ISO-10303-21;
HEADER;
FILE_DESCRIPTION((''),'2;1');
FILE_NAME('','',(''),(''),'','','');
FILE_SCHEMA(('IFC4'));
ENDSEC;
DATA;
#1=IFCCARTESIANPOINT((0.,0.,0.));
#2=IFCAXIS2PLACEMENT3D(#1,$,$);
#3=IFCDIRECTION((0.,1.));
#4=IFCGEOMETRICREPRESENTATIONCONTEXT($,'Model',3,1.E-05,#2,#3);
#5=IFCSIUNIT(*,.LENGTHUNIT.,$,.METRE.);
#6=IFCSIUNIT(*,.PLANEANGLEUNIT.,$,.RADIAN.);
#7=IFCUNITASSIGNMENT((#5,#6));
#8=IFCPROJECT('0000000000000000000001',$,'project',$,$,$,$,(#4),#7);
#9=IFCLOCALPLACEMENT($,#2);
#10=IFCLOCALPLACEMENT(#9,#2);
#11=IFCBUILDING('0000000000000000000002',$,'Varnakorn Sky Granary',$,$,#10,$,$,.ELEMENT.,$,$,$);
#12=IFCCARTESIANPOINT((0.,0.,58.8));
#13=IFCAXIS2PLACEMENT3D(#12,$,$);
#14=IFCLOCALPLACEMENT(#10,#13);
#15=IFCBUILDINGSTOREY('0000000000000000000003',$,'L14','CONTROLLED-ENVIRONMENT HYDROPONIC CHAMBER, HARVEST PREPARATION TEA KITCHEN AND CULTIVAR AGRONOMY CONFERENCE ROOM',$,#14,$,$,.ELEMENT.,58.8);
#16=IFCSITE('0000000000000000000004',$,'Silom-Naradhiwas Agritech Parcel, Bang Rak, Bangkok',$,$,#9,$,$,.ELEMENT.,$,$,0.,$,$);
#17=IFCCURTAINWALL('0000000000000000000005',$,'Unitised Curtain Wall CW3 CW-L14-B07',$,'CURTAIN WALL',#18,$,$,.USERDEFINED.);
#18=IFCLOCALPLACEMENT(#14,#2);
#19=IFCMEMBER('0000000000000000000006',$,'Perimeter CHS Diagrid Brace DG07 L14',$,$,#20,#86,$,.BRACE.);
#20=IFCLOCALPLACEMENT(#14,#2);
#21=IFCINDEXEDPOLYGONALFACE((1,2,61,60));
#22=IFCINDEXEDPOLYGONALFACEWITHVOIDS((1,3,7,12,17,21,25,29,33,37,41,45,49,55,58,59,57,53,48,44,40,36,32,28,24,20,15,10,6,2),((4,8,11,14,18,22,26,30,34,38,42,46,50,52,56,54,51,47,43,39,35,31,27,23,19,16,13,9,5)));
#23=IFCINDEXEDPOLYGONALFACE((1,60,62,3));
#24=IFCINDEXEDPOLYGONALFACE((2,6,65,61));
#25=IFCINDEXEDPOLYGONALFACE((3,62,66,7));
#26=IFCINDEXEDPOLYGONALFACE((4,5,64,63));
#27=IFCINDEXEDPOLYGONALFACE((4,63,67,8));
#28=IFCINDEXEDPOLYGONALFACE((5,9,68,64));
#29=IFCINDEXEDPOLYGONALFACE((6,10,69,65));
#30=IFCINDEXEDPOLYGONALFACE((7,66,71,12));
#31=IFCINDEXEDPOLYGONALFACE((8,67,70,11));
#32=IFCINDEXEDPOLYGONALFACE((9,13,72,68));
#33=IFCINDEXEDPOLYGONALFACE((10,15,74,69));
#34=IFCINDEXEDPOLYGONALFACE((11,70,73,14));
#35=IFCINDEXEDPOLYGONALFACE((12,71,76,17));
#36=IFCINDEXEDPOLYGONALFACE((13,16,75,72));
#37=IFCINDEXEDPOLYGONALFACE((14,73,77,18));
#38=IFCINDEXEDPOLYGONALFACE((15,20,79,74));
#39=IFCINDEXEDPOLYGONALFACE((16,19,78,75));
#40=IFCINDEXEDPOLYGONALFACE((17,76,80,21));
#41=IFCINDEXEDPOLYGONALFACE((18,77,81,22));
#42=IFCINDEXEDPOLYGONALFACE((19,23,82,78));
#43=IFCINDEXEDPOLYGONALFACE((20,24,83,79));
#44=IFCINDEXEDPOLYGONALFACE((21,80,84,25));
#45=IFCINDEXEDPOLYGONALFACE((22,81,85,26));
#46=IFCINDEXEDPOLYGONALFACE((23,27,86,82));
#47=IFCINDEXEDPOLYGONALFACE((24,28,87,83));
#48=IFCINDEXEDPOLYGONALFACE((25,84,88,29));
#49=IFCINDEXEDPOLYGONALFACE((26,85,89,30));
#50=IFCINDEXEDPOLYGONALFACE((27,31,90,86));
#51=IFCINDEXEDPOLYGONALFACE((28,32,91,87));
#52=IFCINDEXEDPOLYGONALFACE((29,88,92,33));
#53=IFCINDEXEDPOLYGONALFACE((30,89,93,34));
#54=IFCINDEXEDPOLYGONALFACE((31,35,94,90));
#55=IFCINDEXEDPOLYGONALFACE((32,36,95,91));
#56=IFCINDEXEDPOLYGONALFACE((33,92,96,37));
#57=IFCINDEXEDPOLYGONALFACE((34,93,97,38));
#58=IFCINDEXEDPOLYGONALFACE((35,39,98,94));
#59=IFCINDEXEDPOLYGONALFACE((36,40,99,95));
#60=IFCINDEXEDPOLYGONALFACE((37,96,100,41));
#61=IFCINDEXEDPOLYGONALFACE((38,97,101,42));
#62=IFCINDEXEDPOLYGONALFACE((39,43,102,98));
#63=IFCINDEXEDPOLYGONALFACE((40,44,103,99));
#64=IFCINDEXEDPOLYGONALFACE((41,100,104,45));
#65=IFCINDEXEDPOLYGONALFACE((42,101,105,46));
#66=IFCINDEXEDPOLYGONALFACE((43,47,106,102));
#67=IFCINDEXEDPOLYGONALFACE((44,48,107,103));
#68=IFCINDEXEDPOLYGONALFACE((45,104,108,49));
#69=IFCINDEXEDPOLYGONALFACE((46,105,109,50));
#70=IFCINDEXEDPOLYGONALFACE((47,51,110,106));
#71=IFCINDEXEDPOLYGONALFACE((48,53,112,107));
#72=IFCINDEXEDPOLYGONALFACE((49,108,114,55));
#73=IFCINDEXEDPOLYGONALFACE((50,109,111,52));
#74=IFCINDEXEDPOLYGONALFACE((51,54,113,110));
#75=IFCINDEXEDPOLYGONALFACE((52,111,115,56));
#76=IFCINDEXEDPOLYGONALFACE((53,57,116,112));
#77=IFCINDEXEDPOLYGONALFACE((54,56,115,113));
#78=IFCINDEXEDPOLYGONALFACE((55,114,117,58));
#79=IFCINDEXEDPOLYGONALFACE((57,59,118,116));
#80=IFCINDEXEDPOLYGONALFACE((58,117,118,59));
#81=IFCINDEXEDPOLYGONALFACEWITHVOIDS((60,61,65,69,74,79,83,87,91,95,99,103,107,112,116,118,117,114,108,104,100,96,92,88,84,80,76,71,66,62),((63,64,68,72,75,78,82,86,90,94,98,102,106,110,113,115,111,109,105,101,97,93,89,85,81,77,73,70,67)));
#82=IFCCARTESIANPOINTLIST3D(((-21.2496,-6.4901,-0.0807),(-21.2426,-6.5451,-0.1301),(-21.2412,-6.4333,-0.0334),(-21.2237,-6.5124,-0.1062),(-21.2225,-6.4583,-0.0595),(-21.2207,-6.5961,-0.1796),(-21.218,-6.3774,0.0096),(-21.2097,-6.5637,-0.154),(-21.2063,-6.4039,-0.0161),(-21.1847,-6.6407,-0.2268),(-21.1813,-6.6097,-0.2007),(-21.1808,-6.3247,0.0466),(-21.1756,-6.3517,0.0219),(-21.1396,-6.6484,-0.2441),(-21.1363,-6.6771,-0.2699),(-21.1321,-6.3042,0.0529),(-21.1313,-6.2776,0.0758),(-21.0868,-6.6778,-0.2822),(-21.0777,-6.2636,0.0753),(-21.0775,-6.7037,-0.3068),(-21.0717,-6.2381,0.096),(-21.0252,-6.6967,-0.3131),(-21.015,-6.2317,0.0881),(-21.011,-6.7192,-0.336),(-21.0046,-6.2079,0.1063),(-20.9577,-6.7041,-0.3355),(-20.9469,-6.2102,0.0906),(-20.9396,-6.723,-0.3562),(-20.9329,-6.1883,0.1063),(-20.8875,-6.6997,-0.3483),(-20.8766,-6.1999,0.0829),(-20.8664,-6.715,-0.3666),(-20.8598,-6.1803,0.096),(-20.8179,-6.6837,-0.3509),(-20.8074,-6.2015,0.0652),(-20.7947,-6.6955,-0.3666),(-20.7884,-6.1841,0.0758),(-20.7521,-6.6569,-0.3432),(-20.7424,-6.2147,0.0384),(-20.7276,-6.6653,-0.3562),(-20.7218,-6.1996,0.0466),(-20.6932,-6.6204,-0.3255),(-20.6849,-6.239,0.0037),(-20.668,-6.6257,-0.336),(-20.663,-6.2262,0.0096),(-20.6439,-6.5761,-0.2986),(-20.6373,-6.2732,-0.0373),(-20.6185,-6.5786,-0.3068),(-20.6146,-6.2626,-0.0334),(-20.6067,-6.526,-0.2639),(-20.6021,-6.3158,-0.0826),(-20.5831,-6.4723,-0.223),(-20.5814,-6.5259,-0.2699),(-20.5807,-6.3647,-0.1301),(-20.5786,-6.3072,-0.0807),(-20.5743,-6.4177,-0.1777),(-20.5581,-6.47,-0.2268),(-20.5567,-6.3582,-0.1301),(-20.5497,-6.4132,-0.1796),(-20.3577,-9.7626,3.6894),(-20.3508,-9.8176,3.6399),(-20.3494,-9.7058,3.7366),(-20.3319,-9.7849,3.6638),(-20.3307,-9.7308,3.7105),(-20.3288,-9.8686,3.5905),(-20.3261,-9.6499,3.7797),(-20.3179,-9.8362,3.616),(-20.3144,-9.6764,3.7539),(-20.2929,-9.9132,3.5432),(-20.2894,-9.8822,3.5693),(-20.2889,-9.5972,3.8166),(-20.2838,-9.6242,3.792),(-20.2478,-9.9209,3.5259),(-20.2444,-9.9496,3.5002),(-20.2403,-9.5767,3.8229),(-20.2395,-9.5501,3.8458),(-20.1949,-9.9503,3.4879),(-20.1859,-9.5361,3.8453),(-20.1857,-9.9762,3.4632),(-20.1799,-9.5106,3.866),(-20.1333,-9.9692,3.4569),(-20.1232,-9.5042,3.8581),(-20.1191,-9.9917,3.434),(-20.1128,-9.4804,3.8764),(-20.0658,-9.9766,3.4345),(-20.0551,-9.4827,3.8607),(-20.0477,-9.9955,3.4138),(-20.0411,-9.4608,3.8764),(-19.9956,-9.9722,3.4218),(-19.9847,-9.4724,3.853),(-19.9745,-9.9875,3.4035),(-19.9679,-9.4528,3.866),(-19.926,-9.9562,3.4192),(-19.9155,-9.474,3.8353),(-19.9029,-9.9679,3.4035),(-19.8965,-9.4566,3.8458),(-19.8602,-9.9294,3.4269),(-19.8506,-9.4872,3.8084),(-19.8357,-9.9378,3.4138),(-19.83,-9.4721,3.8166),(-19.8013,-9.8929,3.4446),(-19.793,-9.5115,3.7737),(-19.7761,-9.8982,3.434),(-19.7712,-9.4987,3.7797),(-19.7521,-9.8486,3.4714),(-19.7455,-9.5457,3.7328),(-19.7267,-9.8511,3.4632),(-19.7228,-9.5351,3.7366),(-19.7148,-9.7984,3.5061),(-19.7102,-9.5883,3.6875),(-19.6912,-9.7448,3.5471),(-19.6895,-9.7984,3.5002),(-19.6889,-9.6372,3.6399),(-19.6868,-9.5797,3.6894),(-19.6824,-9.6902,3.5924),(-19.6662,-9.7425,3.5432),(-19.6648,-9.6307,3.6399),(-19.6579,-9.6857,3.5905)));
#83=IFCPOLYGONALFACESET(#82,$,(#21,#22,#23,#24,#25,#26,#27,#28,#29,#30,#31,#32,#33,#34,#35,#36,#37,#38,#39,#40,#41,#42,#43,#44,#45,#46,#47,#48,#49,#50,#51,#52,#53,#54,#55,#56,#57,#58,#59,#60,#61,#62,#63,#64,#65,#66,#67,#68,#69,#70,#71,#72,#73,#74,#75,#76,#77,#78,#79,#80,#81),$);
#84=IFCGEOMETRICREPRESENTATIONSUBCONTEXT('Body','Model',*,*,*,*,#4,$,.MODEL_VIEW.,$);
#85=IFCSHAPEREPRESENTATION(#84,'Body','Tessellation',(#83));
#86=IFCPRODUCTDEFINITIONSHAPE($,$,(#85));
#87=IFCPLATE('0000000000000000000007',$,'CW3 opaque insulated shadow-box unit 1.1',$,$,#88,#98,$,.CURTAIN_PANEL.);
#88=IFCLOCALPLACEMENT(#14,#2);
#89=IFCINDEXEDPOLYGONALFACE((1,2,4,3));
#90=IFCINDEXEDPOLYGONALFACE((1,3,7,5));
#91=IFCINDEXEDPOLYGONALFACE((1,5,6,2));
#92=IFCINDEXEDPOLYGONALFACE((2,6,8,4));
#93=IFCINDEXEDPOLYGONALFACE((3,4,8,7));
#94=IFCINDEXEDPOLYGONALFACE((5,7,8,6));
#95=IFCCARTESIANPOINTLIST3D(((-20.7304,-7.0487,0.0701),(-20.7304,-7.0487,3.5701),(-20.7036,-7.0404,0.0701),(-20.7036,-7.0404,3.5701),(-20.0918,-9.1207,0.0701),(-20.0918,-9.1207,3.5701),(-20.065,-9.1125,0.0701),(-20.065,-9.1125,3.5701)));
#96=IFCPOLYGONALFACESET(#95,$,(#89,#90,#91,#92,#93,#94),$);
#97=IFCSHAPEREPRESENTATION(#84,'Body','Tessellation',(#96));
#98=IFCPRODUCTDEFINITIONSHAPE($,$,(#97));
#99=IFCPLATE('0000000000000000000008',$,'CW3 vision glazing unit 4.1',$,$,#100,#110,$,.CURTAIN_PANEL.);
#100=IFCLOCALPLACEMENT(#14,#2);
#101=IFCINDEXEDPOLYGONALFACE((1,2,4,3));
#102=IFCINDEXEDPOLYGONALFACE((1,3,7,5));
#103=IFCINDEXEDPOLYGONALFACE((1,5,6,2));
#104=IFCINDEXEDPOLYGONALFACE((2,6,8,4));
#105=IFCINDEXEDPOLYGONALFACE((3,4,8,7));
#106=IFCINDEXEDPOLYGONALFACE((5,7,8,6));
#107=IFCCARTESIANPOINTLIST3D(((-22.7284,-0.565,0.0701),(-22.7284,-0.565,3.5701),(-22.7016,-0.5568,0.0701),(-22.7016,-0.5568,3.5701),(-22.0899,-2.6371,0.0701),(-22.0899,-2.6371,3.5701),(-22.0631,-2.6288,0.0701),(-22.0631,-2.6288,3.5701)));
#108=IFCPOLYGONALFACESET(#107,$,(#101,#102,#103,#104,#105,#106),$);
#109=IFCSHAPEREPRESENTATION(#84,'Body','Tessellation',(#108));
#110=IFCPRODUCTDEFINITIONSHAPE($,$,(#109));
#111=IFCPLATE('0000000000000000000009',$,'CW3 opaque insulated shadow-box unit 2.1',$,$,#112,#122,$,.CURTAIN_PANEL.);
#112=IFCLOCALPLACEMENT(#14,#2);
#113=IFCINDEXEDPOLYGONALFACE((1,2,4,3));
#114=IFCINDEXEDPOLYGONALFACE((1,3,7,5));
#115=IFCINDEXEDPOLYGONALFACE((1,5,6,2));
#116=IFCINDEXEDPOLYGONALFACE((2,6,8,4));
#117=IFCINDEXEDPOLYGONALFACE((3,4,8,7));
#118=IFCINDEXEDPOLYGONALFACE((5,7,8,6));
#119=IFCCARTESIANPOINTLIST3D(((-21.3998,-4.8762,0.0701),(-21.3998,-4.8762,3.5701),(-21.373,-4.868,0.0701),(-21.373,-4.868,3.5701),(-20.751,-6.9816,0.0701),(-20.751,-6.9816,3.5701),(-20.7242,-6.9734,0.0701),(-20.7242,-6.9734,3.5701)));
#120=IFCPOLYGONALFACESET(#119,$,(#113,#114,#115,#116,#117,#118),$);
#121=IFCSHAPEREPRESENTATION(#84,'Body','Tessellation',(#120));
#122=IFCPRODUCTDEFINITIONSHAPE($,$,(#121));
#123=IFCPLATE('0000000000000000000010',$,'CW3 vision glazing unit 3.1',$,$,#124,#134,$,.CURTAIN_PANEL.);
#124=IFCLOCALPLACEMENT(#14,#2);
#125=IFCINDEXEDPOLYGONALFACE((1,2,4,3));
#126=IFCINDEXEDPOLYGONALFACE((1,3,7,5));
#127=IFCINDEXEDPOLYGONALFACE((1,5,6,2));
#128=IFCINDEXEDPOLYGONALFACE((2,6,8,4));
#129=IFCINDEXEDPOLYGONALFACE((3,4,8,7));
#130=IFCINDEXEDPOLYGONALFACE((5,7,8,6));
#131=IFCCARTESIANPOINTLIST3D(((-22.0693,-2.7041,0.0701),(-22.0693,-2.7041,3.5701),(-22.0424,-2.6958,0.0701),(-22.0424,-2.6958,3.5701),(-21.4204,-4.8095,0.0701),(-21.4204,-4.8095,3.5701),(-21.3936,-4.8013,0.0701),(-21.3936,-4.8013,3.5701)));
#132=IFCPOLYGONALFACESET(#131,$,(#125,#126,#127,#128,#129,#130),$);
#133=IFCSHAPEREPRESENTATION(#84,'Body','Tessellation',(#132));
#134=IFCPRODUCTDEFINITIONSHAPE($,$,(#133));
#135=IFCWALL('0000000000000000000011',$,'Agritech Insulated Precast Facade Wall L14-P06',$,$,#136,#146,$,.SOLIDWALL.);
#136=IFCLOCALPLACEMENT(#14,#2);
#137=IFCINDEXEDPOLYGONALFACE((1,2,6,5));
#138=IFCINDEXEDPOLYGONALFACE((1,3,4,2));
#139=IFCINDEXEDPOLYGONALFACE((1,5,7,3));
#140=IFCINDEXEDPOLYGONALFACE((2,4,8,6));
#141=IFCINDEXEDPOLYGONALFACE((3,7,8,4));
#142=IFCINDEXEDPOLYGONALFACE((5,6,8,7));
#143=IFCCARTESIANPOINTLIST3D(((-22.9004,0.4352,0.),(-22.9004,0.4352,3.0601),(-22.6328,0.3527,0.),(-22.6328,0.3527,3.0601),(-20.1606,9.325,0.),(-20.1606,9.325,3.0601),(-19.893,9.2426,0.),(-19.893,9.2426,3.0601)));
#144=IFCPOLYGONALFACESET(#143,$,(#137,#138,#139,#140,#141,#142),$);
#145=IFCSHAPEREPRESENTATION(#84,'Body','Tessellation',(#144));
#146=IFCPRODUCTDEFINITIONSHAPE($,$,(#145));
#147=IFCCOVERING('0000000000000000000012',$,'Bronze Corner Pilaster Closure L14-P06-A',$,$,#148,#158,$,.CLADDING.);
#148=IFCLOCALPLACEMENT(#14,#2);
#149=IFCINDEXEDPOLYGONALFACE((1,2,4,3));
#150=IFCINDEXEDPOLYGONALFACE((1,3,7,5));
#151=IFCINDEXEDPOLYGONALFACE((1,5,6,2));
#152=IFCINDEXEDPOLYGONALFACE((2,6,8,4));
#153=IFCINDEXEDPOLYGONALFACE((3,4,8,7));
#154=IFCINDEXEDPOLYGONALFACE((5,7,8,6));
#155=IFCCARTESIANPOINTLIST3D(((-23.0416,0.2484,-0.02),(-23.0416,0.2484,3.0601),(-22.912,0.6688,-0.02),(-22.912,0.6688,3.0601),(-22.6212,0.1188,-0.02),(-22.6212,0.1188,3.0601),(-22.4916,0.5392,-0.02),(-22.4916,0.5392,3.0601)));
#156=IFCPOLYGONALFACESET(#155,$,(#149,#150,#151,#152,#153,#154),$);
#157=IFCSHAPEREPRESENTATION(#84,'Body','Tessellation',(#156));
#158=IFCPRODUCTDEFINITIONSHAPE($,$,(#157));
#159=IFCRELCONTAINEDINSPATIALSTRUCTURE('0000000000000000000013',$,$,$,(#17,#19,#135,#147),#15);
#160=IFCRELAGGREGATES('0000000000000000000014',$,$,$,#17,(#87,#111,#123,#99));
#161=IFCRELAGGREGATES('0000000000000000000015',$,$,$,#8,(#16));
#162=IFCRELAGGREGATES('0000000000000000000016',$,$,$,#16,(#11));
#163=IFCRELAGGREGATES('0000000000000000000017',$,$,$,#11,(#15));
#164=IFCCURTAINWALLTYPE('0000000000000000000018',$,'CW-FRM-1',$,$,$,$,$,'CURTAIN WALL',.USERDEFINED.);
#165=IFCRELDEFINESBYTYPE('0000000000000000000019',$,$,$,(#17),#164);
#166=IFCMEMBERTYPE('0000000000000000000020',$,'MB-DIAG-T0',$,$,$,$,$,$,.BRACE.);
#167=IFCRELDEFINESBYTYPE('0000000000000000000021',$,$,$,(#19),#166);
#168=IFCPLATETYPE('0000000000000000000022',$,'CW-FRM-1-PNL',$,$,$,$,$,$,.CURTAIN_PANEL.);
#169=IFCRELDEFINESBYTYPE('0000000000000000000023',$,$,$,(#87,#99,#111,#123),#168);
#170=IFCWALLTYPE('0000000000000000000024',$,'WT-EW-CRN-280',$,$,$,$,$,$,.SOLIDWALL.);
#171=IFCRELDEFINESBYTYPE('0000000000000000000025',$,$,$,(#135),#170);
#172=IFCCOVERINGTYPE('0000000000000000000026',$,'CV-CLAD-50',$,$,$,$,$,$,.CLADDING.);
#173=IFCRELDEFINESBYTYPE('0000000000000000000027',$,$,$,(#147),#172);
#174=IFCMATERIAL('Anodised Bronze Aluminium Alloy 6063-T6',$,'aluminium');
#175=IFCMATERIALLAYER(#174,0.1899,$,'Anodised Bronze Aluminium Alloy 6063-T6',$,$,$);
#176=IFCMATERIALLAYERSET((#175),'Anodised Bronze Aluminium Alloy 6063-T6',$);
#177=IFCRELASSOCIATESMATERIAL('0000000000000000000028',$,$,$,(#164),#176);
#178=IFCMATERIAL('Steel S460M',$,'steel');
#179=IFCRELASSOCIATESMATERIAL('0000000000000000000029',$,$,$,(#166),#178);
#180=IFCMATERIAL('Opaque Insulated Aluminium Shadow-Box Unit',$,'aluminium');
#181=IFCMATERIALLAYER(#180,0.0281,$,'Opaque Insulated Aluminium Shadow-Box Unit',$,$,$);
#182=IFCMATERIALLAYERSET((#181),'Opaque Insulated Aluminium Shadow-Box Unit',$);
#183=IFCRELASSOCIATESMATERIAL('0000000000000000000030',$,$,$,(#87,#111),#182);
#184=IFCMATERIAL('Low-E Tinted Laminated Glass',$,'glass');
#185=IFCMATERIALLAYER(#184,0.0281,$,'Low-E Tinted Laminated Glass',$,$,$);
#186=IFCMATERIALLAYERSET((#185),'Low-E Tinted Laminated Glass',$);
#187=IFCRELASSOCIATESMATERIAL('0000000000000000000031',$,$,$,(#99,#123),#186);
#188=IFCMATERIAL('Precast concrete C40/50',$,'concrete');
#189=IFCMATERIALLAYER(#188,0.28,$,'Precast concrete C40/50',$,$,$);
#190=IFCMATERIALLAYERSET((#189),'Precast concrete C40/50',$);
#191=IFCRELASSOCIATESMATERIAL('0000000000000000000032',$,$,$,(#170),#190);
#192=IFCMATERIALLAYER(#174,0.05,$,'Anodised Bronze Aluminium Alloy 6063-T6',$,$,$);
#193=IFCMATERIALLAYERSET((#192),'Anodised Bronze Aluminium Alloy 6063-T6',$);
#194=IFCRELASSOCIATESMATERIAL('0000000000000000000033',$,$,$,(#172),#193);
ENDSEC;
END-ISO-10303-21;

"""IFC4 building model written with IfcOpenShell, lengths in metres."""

from ifc_helpers import new_model, si_unit, direction, frame, frame_2d, origin, origin_2d, place, context, subcontext, project, spatial, rectangle, hollow_circle, extrude, source, transform, mapped, material, layer, layer_set, material_profile, profile_set, type_object, type_shapes, element, aggregate, save


model = new_model("IFC4")

# Units and contexts
model_context = context("Model", 3, precision=1e-05, world=origin(), true_north=direction((0.0, 1.0)))
body_context = subcontext(model_context, "Body", "Model", "MODEL_VIEW")
ifc_project = project(units=[si_unit("LENGTHUNIT", "METRE"), si_unit("PLANEANGLEUNIT", "RADIAN")], contexts=[model_context])

# Site, building, storey
site_placement = place(None, origin())
site = spatial("IfcSite", under=ifc_project, at=site_placement, Name="Silom-Naradhiwas Agritech Parcel, Bang Rak, Bangkok", CompositionType="ELEMENT", RefElevation=0.0)
building_placement = place(site_placement, origin())
building = spatial("IfcBuilding", under=site, at=building_placement, Name="Varnakorn Sky Granary", CompositionType="ELEMENT")
storey_placement = place(building_placement, frame((0.0, 0.0, 58.8)))
storey = spatial("IfcBuildingStorey", under=building, at=storey_placement, Name="L14", Description="CONTROLLED-ENVIRONMENT HYDROPONIC CHAMBER, HARVEST PREPARATION TEA KITCHEN AND CULTIVAR AGRONOMY CONFERENCE ROOM", CompositionType="ELEMENT", Elevation=58.8)

# Shared definitions
ifc_material_1 = material(Name="Steel S460M", Category="steel")

# Curtain wall
ifc_material_2 = material(Name="Anodised Bronze Aluminium Alloy 6063-T6", Category="aluminium")
ifc_layer_1 = layer(ifc_material_2, 0.1899, Name="Anodised Bronze Aluminium Alloy 6063-T6")
ifc_layer_set_1 = layer_set([ifc_layer_1], Name="Anodised Bronze Aluminium Alloy 6063-T6")
curtain_wall_type = type_object("IfcCurtainWallType", Name="CW-FRM-1", ElementType="CURTAIN WALL", PredefinedType="USERDEFINED", material=ifc_layer_set_1)
curtain_wall_placement = place(storey_placement, origin())
curtain_wall = element("IfcCurtainWall", 1, at=curtain_wall_placement, inside=storey, type_object=curtain_wall_type, Name="Unitised Curtain Wall CW3 CW-L14-B07", ObjectType="CURTAIN WALL", PredefinedType="USERDEFINED")

# Member
ifc_material_profile_1 = material_profile(ifc_material_1, hollow_circle(Radius=0.3555, WallThickness=0.0249, at=origin_2d()), Name="CHS 711x25")
ifc_profile_set_1 = profile_set([ifc_material_profile_1], Name="Steel S460M")
member_type_1 = type_object("IfcMemberType", Name="MB-DIAG-T0", PredefinedType="BRACE", material=ifc_profile_set_1)
member_1_placement = place(storey_placement, frame((-20.8997, -6.4517, -0.1301), z_axis=(0.175864, -0.645298, 0.743412), x_axis=(0.964812, 0.262941, 0.0)))
element("IfcMember", 2, at=member_1_placement, inside=storey, type_object=member_type_1, Name="Perimeter CHS Diagrid Brace DG07 L14", PredefinedType="BRACE", context=body_context, shape_type="SweptSolid", body=[
    extrude(hollow_circle(Radius=0.3555, WallThickness=0.0249, at=origin_2d()), origin(), (0.0, 0.0, 1.0), 5.0713),
])

# Plates
ifc_material_3 = material(Name="Opaque Insulated Aluminium Shadow-Box Unit", Category="aluminium")
ifc_layer_2 = layer(ifc_material_3, 0.0281, Name="Opaque Insulated Aluminium Shadow-Box Unit")
ifc_layer_set_2 = layer_set([ifc_layer_2], Name="Opaque Insulated Aluminium Shadow-Box Unit")
plate_type = type_object("IfcPlateType", Name="CW-FRM-1-PNL", PredefinedType="CURTAIN_PANEL")
shared_shape_1 = source(origin(), body_context, "Body", "SweptSolid", [
    extrude(rectangle(XDim=2.1682, YDim=0.0281, at=origin_2d()), origin(), (0.0, 0.0, 1.0), 3.5),
])
plate_1_placement = place(storey_placement, frame((-20.3977, -8.0806, 0.0701), z_axis=(0.0, 0.0, 1.0), x_axis=(-0.294505, 0.95565, 0.0)))
plate_1 = element("IfcPlate", 3, at=plate_1_placement, type_object=plate_type, material=ifc_layer_set_2, Name="CW3 opaque insulated shadow-box unit 1.1", PredefinedType="CURTAIN_PANEL", context=body_context, shape_type="MappedRepresentation", body=[
    mapped(shared_shape_1, transform((0.0, 0.0, 0.0), x_axis=(1.0, 0.0, 0.0), y_axis=(0.0, 1.0, 0.0), z_axis=(0.0, 0.0, 1.0), scale=1.0)),
])
ifc_material_4 = material(Name="Low-E Tinted Laminated Glass", Category="glass")
ifc_layer_3 = layer(ifc_material_4, 0.0281, Name="Low-E Tinted Laminated Glass")
ifc_layer_set_3 = layer_set([ifc_layer_3], Name="Low-E Tinted Laminated Glass")
plate_2_placement = place(storey_placement, frame((-22.3958, -1.5969, 0.0701), z_axis=(0.0, 0.0, 1.0), x_axis=(-0.294505, 0.95565, 0.0)))
plate_2 = element("IfcPlate", 4, at=plate_2_placement, type_object=plate_type, material=ifc_layer_set_3, Name="CW3 vision glazing unit 4.1", PredefinedType="CURTAIN_PANEL", context=body_context, shape_type="MappedRepresentation", body=[
    mapped(shared_shape_1, transform((0.0, 0.0, 0.0), x_axis=(1.0, 0.0, 0.0), y_axis=(0.0, 1.0, 0.0), z_axis=(0.0, 0.0, 1.0), scale=1.0)),
])
shared_shape_2 = source(origin(), body_context, "Body", "SweptSolid", [
    extrude(rectangle(XDim=2.2031, YDim=0.0281, at=origin_2d()), origin(), (0.0, 0.0, 1.0), 3.5),
])
type_shapes(plate_type, [shared_shape_1, shared_shape_2])
plate_3_placement = place(storey_placement, frame((-21.062, -5.9248, 0.0701), z_axis=(0.0, 0.0, 1.0), x_axis=(-0.294505, 0.95565, 0.0)))
plate_3 = element("IfcPlate", 5, at=plate_3_placement, type_object=plate_type, material=ifc_layer_set_2, Name="CW3 opaque insulated shadow-box unit 2.1", PredefinedType="CURTAIN_PANEL", context=body_context, shape_type="MappedRepresentation", body=[
    mapped(shared_shape_2, transform((0.0, 0.0, 0.0), x_axis=(1.0, 0.0, 0.0), y_axis=(0.0, 1.0, 0.0), z_axis=(0.0, 0.0, 1.0), scale=1.0)),
])
plate_4_placement = place(storey_placement, frame((-21.7314, -3.7527, 0.0701), z_axis=(0.0, 0.0, 1.0), x_axis=(-0.294505, 0.95565, 0.0)))
plate_4 = element("IfcPlate", 6, at=plate_4_placement, type_object=plate_type, material=ifc_layer_set_3, Name="CW3 vision glazing unit 3.1", PredefinedType="CURTAIN_PANEL", context=body_context, shape_type="MappedRepresentation", body=[
    mapped(shared_shape_2, transform((0.0, 0.0, 0.0), x_axis=(1.0, 0.0, 0.0), y_axis=(0.0, 1.0, 0.0), z_axis=(0.0, 0.0, 1.0), scale=1.0)),
])
aggregate(curtain_wall, [plate_1, plate_3, plate_4, plate_2])

# Wall
ifc_material_5 = material(Name="Precast concrete C40/50", Category="concrete")
ifc_layer_4 = layer(ifc_material_5, 0.28, Name="Precast concrete C40/50")
ifc_layer_set_4 = layer_set([ifc_layer_4], Name="Precast concrete C40/50")
wall_type = type_object("IfcWallType", Name="WT-EW-CRN-280", PredefinedType="SOLIDWALL", material=ifc_layer_set_4)
wall_placement = place(storey_placement, frame((-22.7666, 0.3938, 0.0), z_axis=(0.0, 0.0, 1.0), x_axis=(0.294517, 0.955646, 0.0)))
element("IfcWall", 7, at=wall_placement, inside=storey, type_object=wall_type, Name="Agritech Insulated Precast Facade Wall L14-P06", PredefinedType="SOLIDWALL", context=body_context, shape_type="SweptSolid", body=[
    extrude(rectangle(XDim=9.3025, YDim=0.28, at=frame_2d((4.6514, 0.0))), origin(), (0.0, 0.0, 1.0), 3.0601),
])

# Covering
ifc_layer_5 = layer(ifc_material_2, 0.05, Name="Anodised Bronze Aluminium Alloy 6063-T6")
ifc_layer_set_5 = layer_set([ifc_layer_5], Name="Anodised Bronze Aluminium Alloy 6063-T6")
covering_type = type_object("IfcCoveringType", Name="CV-CLAD-50", PredefinedType="CLADDING", material=ifc_layer_set_5)
shared_shape_3 = source(origin(), body_context, "Body", "SweptSolid", [
    extrude(rectangle(XDim=0.4399, YDim=0.4399, at=origin_2d()), origin(), (0.0, 0.0, 1.0), 3.0801),
])
type_shapes(covering_type, [shared_shape_3])
covering_placement = place(storey_placement, frame((-22.7666, 0.3938, -0.02), z_axis=(0.0, 0.0, 1.0), x_axis=(0.294541, 0.955639, 0.0)))
element("IfcCovering", 8, at=covering_placement, inside=storey, type_object=covering_type, Name="Bronze Corner Pilaster Closure L14-P06-A", PredefinedType="CLADDING", context=body_context, shape_type="MappedRepresentation", body=[
    mapped(shared_shape_3, transform((0.0, 0.0, 0.0), x_axis=(1.0, 0.0, 0.0), y_axis=(0.0, 1.0, 0.0), z_axis=(0.0, 0.0, 1.0), scale=1.0)),
])

save(model, "model.ifc")
